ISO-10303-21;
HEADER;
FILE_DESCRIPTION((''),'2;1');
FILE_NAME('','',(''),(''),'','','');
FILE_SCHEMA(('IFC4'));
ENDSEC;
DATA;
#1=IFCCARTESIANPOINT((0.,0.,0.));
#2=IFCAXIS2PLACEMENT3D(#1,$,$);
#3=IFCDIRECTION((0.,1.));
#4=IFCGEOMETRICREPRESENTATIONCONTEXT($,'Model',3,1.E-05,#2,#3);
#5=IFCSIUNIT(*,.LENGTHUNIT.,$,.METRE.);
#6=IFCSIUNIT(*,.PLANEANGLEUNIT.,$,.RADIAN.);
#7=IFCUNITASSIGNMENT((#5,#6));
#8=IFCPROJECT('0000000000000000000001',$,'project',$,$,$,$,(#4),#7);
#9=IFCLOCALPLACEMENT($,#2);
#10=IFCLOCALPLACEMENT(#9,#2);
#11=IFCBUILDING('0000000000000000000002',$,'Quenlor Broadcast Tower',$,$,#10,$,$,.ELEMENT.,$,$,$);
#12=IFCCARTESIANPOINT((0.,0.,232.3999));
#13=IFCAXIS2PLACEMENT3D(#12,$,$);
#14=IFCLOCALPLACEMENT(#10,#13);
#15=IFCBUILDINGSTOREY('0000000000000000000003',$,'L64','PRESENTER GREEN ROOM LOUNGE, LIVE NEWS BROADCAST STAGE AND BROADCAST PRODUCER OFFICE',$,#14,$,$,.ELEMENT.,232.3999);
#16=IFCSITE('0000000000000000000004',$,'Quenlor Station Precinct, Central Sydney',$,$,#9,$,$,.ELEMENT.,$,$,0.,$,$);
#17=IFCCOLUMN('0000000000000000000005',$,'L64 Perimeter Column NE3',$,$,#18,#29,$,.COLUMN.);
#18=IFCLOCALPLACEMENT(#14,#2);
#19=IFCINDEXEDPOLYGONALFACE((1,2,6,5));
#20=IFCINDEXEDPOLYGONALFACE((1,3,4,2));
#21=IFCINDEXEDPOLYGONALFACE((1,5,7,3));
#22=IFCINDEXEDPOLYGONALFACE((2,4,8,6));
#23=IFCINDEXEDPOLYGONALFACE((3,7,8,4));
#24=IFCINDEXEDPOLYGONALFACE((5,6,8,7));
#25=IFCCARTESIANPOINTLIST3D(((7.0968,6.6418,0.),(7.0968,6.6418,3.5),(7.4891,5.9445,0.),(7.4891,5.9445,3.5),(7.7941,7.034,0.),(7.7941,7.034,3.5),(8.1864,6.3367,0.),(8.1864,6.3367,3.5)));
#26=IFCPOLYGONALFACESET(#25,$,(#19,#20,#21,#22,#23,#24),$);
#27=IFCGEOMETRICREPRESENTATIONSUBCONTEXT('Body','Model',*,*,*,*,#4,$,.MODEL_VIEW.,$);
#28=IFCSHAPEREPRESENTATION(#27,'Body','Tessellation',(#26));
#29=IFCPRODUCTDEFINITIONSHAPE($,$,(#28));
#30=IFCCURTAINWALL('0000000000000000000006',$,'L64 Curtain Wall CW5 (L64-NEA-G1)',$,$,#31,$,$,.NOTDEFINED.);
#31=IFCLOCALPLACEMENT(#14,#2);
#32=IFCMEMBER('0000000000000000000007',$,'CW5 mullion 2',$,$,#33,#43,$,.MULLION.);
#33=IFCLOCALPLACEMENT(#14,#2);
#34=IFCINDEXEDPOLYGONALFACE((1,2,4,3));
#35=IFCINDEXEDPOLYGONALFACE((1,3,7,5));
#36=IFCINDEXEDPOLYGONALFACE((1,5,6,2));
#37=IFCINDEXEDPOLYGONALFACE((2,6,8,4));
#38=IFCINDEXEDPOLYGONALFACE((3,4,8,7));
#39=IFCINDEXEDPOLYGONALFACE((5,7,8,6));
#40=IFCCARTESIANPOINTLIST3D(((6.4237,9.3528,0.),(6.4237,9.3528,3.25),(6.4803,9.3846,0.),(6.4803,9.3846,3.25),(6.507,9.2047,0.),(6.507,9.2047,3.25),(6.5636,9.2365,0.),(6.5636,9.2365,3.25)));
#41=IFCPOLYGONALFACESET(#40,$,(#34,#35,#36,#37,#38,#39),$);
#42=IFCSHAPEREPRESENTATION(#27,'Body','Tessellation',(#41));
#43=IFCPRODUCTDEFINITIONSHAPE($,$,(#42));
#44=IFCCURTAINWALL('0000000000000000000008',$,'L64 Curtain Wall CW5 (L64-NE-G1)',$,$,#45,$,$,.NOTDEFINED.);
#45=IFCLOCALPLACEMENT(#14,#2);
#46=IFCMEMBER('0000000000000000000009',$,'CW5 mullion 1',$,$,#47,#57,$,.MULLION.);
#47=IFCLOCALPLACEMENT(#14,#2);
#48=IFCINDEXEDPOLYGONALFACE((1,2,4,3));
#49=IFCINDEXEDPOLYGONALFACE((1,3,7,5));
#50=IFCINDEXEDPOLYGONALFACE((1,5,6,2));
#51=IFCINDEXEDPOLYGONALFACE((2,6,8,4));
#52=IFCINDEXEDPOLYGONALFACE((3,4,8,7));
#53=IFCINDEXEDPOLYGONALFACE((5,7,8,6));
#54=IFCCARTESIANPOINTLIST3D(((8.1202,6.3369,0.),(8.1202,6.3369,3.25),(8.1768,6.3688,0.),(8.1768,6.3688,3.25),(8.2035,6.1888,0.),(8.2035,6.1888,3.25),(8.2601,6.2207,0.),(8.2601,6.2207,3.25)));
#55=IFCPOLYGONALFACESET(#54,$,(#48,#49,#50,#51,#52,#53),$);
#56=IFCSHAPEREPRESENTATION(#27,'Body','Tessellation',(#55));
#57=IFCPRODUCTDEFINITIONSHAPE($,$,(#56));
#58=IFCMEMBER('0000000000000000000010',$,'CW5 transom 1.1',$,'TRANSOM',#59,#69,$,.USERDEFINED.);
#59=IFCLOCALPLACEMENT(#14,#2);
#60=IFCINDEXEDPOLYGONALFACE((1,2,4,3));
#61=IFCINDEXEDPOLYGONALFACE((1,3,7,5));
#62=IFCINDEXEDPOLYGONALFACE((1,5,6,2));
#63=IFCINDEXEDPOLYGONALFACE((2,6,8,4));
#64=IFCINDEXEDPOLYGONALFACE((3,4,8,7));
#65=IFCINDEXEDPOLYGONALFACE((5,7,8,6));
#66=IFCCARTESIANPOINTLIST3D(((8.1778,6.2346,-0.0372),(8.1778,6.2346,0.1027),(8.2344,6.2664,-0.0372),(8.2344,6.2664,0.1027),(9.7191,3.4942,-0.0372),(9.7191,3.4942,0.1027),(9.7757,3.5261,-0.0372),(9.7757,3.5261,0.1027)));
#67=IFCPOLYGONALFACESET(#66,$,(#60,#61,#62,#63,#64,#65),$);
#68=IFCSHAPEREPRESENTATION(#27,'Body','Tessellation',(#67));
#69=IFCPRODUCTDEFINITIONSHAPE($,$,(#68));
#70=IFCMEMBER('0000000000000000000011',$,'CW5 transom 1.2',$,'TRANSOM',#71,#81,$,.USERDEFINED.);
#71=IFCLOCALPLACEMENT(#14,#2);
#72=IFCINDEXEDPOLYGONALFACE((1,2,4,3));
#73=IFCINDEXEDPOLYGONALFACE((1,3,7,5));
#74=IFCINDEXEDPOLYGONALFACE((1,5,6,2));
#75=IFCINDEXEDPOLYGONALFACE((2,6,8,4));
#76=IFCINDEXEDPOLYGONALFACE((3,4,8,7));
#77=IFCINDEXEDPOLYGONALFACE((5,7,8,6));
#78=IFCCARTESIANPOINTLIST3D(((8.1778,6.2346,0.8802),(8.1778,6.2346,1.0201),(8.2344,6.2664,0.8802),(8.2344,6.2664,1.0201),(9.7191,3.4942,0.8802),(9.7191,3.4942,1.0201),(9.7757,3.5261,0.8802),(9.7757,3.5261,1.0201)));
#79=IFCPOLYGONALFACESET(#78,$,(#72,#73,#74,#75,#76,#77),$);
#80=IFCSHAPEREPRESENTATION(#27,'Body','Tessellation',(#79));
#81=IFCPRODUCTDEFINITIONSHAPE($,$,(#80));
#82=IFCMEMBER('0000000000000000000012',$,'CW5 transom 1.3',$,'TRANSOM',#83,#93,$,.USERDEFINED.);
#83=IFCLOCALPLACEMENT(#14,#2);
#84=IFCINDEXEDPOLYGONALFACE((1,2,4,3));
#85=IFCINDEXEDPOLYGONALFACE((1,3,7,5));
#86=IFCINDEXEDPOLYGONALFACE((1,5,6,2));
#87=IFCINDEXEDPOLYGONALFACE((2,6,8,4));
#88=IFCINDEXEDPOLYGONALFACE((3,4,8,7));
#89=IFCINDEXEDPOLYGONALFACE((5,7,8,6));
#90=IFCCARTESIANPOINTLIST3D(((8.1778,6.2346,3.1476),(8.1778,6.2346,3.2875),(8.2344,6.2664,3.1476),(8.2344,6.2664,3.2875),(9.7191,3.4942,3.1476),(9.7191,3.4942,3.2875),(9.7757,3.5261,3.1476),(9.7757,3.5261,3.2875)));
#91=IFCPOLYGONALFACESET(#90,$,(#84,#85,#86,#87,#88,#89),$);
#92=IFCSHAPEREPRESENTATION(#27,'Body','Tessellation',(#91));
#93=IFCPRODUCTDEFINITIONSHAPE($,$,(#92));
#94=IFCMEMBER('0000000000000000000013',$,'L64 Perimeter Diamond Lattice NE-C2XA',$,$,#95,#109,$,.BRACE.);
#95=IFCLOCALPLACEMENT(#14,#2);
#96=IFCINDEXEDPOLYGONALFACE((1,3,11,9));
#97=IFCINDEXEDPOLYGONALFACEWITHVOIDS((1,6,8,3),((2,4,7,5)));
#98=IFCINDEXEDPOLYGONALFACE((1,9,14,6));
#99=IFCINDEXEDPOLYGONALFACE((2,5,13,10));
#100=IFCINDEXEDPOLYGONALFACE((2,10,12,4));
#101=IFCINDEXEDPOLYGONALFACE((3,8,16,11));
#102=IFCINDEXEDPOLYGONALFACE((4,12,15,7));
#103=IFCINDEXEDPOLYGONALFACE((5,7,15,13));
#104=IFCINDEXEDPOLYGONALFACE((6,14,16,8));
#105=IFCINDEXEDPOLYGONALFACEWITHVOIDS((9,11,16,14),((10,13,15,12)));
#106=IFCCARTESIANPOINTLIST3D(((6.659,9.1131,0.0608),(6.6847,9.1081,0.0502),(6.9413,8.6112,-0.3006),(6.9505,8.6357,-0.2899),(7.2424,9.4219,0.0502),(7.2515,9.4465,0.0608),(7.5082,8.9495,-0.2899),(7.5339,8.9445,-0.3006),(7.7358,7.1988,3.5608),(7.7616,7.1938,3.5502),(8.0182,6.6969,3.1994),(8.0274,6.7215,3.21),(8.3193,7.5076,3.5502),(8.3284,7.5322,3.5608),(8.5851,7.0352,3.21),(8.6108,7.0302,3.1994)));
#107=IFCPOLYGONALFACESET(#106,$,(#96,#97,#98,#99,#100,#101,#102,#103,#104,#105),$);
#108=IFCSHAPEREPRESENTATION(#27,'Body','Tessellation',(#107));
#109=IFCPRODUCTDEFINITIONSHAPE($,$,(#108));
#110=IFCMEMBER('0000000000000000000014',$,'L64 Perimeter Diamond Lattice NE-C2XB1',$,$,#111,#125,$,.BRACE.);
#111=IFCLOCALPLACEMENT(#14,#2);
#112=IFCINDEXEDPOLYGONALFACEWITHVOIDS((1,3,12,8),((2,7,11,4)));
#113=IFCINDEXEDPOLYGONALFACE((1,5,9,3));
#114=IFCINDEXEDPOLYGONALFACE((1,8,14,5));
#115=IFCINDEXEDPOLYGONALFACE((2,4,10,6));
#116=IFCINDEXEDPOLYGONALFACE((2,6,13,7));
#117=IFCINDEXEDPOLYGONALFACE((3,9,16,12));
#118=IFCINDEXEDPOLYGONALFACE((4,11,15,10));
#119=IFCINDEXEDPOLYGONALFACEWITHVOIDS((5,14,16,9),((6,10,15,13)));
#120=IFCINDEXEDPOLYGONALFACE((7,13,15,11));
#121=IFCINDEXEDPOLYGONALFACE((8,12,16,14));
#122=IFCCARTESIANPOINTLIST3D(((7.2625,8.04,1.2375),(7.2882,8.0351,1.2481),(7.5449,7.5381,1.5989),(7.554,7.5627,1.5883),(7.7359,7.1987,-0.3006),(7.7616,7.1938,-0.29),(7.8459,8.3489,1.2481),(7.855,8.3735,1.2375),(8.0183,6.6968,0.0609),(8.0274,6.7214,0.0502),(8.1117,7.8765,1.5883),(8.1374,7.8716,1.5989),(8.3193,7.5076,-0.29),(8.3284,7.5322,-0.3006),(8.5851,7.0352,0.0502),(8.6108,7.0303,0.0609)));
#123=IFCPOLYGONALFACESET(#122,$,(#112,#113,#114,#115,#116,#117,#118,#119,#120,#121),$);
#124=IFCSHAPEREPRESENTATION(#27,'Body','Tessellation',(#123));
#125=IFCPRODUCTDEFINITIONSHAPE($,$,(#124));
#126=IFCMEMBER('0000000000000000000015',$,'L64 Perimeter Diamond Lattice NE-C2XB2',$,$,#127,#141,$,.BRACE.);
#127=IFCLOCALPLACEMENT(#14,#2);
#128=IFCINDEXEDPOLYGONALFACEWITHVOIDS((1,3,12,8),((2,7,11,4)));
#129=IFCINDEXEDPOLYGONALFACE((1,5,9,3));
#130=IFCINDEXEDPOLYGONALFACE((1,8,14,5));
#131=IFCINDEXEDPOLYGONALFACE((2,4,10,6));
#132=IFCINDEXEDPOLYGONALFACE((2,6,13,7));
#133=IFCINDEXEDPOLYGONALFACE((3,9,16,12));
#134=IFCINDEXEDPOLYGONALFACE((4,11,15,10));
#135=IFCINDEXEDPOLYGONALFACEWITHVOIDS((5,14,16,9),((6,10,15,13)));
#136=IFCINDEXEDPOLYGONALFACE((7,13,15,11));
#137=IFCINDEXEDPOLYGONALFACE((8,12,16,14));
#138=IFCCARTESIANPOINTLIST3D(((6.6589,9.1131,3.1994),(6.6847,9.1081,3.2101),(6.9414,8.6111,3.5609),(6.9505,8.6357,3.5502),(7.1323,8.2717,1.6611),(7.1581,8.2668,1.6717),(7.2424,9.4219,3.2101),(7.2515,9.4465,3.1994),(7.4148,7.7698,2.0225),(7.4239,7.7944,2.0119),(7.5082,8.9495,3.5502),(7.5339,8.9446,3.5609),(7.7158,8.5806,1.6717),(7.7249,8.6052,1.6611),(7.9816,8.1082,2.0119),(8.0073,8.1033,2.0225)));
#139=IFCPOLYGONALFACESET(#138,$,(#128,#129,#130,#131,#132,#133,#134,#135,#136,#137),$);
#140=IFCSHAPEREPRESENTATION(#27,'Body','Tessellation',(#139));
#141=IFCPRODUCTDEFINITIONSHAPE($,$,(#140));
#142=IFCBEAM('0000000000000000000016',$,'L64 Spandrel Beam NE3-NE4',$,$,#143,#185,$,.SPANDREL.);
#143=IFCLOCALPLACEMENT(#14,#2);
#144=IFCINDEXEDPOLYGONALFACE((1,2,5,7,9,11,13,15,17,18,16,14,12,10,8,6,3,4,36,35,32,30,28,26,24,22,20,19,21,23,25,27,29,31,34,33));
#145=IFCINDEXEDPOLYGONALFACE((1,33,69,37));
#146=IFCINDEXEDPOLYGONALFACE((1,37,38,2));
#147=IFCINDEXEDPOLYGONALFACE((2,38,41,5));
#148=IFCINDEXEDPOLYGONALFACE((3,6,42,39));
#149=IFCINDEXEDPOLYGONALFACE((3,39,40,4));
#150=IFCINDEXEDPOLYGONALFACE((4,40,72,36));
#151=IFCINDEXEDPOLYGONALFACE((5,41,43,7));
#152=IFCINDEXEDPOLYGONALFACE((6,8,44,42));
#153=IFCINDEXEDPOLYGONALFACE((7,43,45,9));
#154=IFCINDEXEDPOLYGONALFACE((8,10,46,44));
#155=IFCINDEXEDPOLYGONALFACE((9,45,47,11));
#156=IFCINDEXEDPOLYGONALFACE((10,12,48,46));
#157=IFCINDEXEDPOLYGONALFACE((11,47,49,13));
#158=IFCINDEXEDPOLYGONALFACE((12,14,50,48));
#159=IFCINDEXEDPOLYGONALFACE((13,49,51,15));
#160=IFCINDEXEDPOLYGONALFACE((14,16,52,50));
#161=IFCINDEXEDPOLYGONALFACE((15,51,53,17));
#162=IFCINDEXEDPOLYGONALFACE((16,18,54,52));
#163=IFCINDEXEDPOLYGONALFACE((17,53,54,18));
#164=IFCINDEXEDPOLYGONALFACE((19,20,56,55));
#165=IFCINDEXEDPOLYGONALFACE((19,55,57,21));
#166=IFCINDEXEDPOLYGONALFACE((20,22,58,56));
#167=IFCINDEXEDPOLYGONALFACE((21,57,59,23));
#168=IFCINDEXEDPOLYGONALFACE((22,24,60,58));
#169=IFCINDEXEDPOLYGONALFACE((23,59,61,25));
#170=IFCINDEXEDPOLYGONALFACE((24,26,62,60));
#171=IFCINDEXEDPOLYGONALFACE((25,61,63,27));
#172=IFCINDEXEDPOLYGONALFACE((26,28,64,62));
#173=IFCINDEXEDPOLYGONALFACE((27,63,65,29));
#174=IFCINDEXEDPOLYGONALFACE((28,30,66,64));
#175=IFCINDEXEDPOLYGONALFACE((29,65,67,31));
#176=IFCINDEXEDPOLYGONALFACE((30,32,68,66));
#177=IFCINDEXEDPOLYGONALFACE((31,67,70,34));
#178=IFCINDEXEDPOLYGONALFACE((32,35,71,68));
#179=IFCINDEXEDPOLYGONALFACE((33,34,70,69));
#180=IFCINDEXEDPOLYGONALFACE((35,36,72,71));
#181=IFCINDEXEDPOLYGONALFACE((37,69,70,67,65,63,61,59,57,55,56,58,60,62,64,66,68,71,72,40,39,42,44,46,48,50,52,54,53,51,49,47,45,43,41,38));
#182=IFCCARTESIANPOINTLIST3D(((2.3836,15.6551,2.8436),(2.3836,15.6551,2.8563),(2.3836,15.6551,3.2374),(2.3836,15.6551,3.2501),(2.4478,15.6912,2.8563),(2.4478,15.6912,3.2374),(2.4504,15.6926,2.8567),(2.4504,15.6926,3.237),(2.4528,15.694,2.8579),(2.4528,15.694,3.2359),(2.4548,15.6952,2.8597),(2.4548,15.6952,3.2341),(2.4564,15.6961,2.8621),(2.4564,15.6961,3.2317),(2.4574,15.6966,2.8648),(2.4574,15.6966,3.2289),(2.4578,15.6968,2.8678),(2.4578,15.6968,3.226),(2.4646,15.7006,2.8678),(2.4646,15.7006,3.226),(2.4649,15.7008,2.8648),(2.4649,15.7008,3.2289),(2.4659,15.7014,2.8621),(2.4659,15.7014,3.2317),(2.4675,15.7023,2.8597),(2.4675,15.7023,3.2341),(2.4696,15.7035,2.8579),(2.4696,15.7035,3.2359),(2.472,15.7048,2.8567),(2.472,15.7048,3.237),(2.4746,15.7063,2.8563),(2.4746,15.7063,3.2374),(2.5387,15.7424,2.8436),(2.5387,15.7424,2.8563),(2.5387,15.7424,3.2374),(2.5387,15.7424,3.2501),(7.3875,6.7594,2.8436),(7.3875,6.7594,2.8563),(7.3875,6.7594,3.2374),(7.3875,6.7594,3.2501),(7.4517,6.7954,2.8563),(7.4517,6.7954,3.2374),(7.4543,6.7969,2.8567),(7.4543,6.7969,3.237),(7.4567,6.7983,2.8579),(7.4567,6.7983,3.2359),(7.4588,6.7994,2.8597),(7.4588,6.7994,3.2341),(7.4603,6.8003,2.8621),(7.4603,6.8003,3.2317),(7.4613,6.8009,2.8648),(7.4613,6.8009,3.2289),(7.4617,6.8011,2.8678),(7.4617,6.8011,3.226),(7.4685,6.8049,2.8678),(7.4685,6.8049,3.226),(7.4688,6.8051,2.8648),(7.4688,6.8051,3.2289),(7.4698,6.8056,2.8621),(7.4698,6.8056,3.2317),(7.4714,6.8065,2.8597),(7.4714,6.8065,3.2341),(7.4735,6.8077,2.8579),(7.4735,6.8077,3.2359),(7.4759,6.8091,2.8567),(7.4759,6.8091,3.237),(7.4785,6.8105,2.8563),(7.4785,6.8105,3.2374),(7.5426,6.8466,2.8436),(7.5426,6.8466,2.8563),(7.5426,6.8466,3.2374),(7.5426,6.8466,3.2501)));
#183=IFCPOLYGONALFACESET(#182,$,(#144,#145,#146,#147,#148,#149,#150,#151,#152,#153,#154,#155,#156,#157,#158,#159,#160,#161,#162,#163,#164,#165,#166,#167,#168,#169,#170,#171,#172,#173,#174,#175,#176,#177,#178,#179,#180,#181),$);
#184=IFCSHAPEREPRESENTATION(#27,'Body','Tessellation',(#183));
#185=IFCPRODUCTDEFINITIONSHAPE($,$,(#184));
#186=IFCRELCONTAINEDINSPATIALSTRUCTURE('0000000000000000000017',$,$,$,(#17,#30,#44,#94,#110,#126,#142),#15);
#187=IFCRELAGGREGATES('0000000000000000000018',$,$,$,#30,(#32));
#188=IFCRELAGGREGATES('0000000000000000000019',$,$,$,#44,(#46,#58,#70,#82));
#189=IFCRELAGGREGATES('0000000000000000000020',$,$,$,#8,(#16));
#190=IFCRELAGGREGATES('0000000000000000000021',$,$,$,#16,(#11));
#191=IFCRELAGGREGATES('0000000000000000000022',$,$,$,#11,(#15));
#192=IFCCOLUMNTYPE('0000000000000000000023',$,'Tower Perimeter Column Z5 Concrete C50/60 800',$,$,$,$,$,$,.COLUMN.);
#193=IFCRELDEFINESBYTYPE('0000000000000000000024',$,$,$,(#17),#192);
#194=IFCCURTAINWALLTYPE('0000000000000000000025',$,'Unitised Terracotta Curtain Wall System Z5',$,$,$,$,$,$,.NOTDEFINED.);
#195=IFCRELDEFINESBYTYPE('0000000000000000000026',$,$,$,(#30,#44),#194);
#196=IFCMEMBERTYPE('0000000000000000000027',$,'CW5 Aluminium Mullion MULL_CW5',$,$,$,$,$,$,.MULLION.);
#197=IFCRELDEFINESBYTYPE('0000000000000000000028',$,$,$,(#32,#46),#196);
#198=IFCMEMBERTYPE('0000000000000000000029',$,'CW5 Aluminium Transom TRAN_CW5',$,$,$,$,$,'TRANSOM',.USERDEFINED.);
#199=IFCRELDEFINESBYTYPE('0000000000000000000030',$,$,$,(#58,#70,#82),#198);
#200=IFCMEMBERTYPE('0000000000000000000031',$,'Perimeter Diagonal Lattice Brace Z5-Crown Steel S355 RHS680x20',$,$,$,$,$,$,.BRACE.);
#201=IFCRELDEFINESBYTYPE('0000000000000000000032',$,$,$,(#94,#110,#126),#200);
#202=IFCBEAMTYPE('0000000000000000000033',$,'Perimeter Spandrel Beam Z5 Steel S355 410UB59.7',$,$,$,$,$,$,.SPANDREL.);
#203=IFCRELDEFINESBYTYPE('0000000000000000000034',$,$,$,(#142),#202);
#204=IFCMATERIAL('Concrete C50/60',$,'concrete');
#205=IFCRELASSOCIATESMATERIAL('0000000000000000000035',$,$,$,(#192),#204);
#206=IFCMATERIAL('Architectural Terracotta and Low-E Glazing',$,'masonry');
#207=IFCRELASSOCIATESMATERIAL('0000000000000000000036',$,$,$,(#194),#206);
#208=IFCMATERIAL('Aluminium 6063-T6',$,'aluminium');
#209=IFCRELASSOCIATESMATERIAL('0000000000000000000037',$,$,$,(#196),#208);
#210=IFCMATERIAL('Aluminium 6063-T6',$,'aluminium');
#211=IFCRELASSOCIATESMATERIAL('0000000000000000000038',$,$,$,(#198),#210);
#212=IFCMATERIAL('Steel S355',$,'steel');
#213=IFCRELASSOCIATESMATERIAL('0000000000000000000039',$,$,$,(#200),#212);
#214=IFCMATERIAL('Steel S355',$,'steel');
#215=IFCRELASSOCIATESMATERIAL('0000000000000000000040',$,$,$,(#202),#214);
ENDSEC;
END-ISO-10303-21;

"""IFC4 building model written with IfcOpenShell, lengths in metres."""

from ifc_helpers import new_model, si_unit, direction, frame, origin, origin_2d, place, context, subcontext, project, spatial, rectangle, hollow_rectangle, i_section, extrude, material, material_profile, profile_set, type_object, element, aggregate, save


model = new_model("IFC4")

# Units and contexts
model_context = context("Model", 3, precision=1e-05, world=origin(), true_north=direction((0.0, 1.0)))
body_context = subcontext(model_context, "Body", "Model", "MODEL_VIEW")
ifc_project = project(units=[si_unit("LENGTHUNIT", "METRE"), si_unit("PLANEANGLEUNIT", "RADIAN")], contexts=[model_context])

# Site, building, storey
site_placement = place(None, origin())
site = spatial("IfcSite", under=ifc_project, at=site_placement, Name="Quenlor Station Precinct, Central Sydney", CompositionType="ELEMENT", RefElevation=0.0)
building_placement = place(site_placement, origin())
building = spatial("IfcBuilding", under=site, at=building_placement, Name="Quenlor Broadcast Tower", CompositionType="ELEMENT")
storey_placement = place(building_placement, frame((0.0, 0.0, 232.3999)))
storey = spatial("IfcBuildingStorey", under=building, at=storey_placement, Name="L64", Description="PRESENTER GREEN ROOM LOUNGE, LIVE NEWS BROADCAST STAGE AND BROADCAST PRODUCER OFFICE", CompositionType="ELEMENT", Elevation=232.3999)

# Column
ifc_material_1 = material(Name="Concrete C50/60", Category="concrete")
ifc_material_profile_1 = material_profile(ifc_material_1, rectangle(XDim=0.8, YDim=0.8, at=origin_2d()))
ifc_profile_set_1 = profile_set([ifc_material_profile_1], Name="Concrete C50/60 RC800x800")
column_type = type_object("IfcColumnType", Name="Tower Perimeter Column Z5 Concrete C50/60 800", PredefinedType="COLUMN", material=ifc_profile_set_1)
column_placement = place(storey_placement, frame((7.6416, 6.4893, 0.0), z_axis=(0.0, 0.0, 1.0), x_axis=(0.871575, 0.490262, 0.0)))
element("IfcColumn", 1, at=column_placement, inside=storey, type_object=column_type, Name="L64 Perimeter Column NE3", PredefinedType="COLUMN", context=body_context, shape_type="SweptSolid", body=[
    extrude(rectangle(XDim=0.8, YDim=0.8, at=origin_2d()), origin(), (0.0, 0.0, 1.0), 3.5),
])

# Curtain wall, member
ifc_material_2 = material(Name="Architectural Terracotta and Low-E Glazing", Category="masonry")
curtain_wall_type = type_object("IfcCurtainWallType", Name="Unitised Terracotta Curtain Wall System Z5", PredefinedType="NOTDEFINED", material=ifc_material_2)
curtain_wall_1_placement = place(storey_placement, origin())
curtain_wall_1 = element("IfcCurtainWall", 2, at=curtain_wall_1_placement, inside=storey, type_object=curtain_wall_type, Name="L64 Curtain Wall CW5 (L64-NEA-G1)", PredefinedType="NOTDEFINED")
ifc_material_3 = material(Name="Aluminium 6063-T6", Category="aluminium")
ifc_material_profile_2 = material_profile(ifc_material_3, rectangle(XDim=0.0649, YDim=0.1699, at=origin_2d()))
ifc_profile_set_2 = profile_set([ifc_material_profile_2], Name="Aluminium 6063-T6 MULL65x170")
member_type_1 = type_object("IfcMemberType", Name="CW5 Aluminium Mullion MULL_CW5", PredefinedType="MULLION", material=ifc_profile_set_2)
member_1_placement = place(storey_placement, frame((6.4937, 9.2947, 0.0), z_axis=(0.0, 0.0, 1.0), x_axis=(0.871582, 0.49025, 0.0)))
member_1 = element("IfcMember", 3, at=member_1_placement, type_object=member_type_1, Name="CW5 mullion 2", PredefinedType="MULLION", context=body_context, shape_type="SweptSolid", body=[
    extrude(rectangle(XDim=0.0649, YDim=0.1699, at=origin_2d()), origin(), (0.0, 0.0, 1.0), 3.25),
])
aggregate(curtain_wall_1, [member_1])

# Curtain wall, members
curtain_wall_2_placement = place(storey_placement, origin())
curtain_wall_2 = element("IfcCurtainWall", 4, at=curtain_wall_2_placement, inside=storey, type_object=curtain_wall_type, Name="L64 Curtain Wall CW5 (L64-NE-G1)", PredefinedType="NOTDEFINED")
member_2_placement = place(storey_placement, frame((8.1902, 6.2788, 0.0), z_axis=(0.0, 0.0, 1.0), x_axis=(0.871575, 0.490263, 0.0)))
member_2 = element("IfcMember", 5, at=member_2_placement, type_object=member_type_1, Name="CW5 mullion 1", PredefinedType="MULLION", context=body_context, shape_type="SweptSolid", body=[
    extrude(rectangle(XDim=0.0649, YDim=0.1699, at=origin_2d()), origin(), (0.0, 0.0, 1.0), 3.25),
])
ifc_material_4 = material(Name="Aluminium 6063-T6", Category="aluminium")
ifc_material_profile_3 = material_profile(ifc_material_4, rectangle(XDim=0.0649, YDim=0.1399, at=origin_2d()))
ifc_profile_set_3 = profile_set([ifc_material_profile_3], Name="Aluminium 6063-T6 TRAN65x140")
member_type_2 = type_object("IfcMemberType", Name="CW5 Aluminium Transom TRAN_CW5", ElementType="TRANSOM", PredefinedType="USERDEFINED", material=ifc_profile_set_3)
member_3_placement = place(storey_placement, frame((8.2061, 6.2505, 0.0327), z_axis=(0.490232, -0.871592, 0.0), x_axis=(0.871592, 0.490232, 0.0)))
member_3 = element("IfcMember", 6, at=member_3_placement, type_object=member_type_2, Name="CW5 transom 1.1", ObjectType="TRANSOM", PredefinedType="USERDEFINED", context=body_context, shape_type="SweptSolid", body=[
    extrude(rectangle(XDim=0.0649, YDim=0.1399, at=origin_2d()), origin(), (0.0, 0.0, 1.0), 3.144),
])
member_4_placement = place(storey_placement, frame((8.2061, 6.2505, 0.9502), z_axis=(0.490232, -0.871592, 0.0), x_axis=(0.871592, 0.490232, 0.0)))
member_4 = element("IfcMember", 7, at=member_4_placement, type_object=member_type_2, Name="CW5 transom 1.2", ObjectType="TRANSOM", PredefinedType="USERDEFINED", context=body_context, shape_type="SweptSolid", body=[
    extrude(rectangle(XDim=0.0649, YDim=0.1399, at=origin_2d()), origin(), (0.0, 0.0, 1.0), 3.144),
])
member_5_placement = place(storey_placement, frame((8.2061, 6.2505, 3.2175), z_axis=(0.490232, -0.871592, 0.0), x_axis=(0.871592, 0.490232, 0.0)))
member_5 = element("IfcMember", 8, at=member_5_placement, type_object=member_type_2, Name="CW5 transom 1.3", ObjectType="TRANSOM", PredefinedType="USERDEFINED", context=body_context, shape_type="SweptSolid", body=[
    extrude(rectangle(XDim=0.0649, YDim=0.1399, at=origin_2d()), origin(), (0.0, 0.0, 1.0), 3.144),
])

# Members
ifc_material_5 = material(Name="Steel S355", Category="steel")
ifc_material_profile_4 = material_profile(ifc_material_5, hollow_rectangle(XDim=0.6799, YDim=0.6799, WallThickness=0.02, at=origin_2d()))
ifc_profile_set_4 = profile_set([ifc_material_profile_4], Name="Steel S355 RHS680x680x20")
member_type_3 = type_object("IfcMemberType", Name="Perimeter Diagonal Lattice Brace Z5-Crown Steel S355 RHS680x20", PredefinedType="BRACE", material=ifc_profile_set_4)
member_6_placement = place(storey_placement, frame((7.0964, 9.0288, -0.1199), z_axis=(0.260619, -0.463276, 0.847026), x_axis=(0.871555, 0.490298, 0.0)))
element("IfcMember", 9, at=member_6_placement, inside=storey, type_object=member_type_3, Name="L64 Perimeter Diamond Lattice NE-C2XA", PredefinedType="BRACE", context=body_context, shape_type="SweptSolid", body=[
    extrude(hollow_rectangle(XDim=0.6799, YDim=0.6799, WallThickness=0.02, at=origin_2d()), origin(), (0.0, 0.0, 1.0), 4.1321),
])
member_7_placement = place(storey_placement, frame((8.1733, 7.1145, -0.1199), z_axis=(-0.260686, 0.463293, 0.846996), x_axis=(-0.871508, -0.490381, 0.0)))
element("IfcMember", 10, at=member_7_placement, inside=storey, type_object=member_type_3, Name="L64 Perimeter Diamond Lattice NE-C2XB1", PredefinedType="BRACE", context=body_context, shape_type="SweptSolid", body=[
    extrude(hollow_rectangle(XDim=0.6799, YDim=0.6799, WallThickness=0.02, at=origin_2d()), origin(), (0.0, 0.0, 1.0), 1.8159),
])
member_8_placement = place(storey_placement, frame((7.5698, 8.1875, 1.8418), z_axis=(-0.260657, 0.463241, 0.847034), x_axis=(-0.871508, -0.490381, 0.0)))
element("IfcMember", 11, at=member_8_placement, inside=storey, type_object=member_type_3, Name="L64 Perimeter Diamond Lattice NE-C2XB2", PredefinedType="BRACE", context=body_context, shape_type="SweptSolid", body=[
    extrude(hollow_rectangle(XDim=0.6799, YDim=0.6799, WallThickness=0.02, at=origin_2d()), origin(), (0.0, 0.0, 1.0), 1.8162),
])

# Beam
ifc_material_6 = material(Name="Steel S355", Category="steel")
ifc_material_profile_5 = material_profile(ifc_material_6, i_section(OverallWidth=0.178, OverallDepth=0.4065, WebThickness=0.0078, FlangeThickness=0.0127, FilletRadius=0.0115, at=origin_2d()))
ifc_profile_set_5 = profile_set([ifc_material_profile_5], Name="Steel S355 410UB59.7")
beam_type_1 = type_object("IfcBeamType", Name="Perimeter Spandrel Beam Z5 Steel S355 410UB59.7", PredefinedType="SPANDREL", material=ifc_profile_set_5)
beam_1_placement = place(storey_placement, frame((7.4651, 6.803, 3.0469), z_axis=(-0.490265, 0.871574, 0.0), x_axis=(-0.871574, -0.490265, 0.0)))
element("IfcBeam", 12, at=beam_1_placement, inside=storey, type_object=beam_type_1, Name="L64 Spandrel Beam NE3-NE4", PredefinedType="SPANDREL", context=body_context, shape_type="SweptSolid", body=[
    extrude(i_section(OverallWidth=0.178, OverallDepth=0.4065, WebThickness=0.0078, FlangeThickness=0.0127, FilletRadius=0.0115, at=origin_2d()), origin(), (0.0, 0.0, 1.0), 10.2065),
])

aggregate(curtain_wall_2, [member_2, member_3, member_4, member_5])

save(model, "model.ifc")
